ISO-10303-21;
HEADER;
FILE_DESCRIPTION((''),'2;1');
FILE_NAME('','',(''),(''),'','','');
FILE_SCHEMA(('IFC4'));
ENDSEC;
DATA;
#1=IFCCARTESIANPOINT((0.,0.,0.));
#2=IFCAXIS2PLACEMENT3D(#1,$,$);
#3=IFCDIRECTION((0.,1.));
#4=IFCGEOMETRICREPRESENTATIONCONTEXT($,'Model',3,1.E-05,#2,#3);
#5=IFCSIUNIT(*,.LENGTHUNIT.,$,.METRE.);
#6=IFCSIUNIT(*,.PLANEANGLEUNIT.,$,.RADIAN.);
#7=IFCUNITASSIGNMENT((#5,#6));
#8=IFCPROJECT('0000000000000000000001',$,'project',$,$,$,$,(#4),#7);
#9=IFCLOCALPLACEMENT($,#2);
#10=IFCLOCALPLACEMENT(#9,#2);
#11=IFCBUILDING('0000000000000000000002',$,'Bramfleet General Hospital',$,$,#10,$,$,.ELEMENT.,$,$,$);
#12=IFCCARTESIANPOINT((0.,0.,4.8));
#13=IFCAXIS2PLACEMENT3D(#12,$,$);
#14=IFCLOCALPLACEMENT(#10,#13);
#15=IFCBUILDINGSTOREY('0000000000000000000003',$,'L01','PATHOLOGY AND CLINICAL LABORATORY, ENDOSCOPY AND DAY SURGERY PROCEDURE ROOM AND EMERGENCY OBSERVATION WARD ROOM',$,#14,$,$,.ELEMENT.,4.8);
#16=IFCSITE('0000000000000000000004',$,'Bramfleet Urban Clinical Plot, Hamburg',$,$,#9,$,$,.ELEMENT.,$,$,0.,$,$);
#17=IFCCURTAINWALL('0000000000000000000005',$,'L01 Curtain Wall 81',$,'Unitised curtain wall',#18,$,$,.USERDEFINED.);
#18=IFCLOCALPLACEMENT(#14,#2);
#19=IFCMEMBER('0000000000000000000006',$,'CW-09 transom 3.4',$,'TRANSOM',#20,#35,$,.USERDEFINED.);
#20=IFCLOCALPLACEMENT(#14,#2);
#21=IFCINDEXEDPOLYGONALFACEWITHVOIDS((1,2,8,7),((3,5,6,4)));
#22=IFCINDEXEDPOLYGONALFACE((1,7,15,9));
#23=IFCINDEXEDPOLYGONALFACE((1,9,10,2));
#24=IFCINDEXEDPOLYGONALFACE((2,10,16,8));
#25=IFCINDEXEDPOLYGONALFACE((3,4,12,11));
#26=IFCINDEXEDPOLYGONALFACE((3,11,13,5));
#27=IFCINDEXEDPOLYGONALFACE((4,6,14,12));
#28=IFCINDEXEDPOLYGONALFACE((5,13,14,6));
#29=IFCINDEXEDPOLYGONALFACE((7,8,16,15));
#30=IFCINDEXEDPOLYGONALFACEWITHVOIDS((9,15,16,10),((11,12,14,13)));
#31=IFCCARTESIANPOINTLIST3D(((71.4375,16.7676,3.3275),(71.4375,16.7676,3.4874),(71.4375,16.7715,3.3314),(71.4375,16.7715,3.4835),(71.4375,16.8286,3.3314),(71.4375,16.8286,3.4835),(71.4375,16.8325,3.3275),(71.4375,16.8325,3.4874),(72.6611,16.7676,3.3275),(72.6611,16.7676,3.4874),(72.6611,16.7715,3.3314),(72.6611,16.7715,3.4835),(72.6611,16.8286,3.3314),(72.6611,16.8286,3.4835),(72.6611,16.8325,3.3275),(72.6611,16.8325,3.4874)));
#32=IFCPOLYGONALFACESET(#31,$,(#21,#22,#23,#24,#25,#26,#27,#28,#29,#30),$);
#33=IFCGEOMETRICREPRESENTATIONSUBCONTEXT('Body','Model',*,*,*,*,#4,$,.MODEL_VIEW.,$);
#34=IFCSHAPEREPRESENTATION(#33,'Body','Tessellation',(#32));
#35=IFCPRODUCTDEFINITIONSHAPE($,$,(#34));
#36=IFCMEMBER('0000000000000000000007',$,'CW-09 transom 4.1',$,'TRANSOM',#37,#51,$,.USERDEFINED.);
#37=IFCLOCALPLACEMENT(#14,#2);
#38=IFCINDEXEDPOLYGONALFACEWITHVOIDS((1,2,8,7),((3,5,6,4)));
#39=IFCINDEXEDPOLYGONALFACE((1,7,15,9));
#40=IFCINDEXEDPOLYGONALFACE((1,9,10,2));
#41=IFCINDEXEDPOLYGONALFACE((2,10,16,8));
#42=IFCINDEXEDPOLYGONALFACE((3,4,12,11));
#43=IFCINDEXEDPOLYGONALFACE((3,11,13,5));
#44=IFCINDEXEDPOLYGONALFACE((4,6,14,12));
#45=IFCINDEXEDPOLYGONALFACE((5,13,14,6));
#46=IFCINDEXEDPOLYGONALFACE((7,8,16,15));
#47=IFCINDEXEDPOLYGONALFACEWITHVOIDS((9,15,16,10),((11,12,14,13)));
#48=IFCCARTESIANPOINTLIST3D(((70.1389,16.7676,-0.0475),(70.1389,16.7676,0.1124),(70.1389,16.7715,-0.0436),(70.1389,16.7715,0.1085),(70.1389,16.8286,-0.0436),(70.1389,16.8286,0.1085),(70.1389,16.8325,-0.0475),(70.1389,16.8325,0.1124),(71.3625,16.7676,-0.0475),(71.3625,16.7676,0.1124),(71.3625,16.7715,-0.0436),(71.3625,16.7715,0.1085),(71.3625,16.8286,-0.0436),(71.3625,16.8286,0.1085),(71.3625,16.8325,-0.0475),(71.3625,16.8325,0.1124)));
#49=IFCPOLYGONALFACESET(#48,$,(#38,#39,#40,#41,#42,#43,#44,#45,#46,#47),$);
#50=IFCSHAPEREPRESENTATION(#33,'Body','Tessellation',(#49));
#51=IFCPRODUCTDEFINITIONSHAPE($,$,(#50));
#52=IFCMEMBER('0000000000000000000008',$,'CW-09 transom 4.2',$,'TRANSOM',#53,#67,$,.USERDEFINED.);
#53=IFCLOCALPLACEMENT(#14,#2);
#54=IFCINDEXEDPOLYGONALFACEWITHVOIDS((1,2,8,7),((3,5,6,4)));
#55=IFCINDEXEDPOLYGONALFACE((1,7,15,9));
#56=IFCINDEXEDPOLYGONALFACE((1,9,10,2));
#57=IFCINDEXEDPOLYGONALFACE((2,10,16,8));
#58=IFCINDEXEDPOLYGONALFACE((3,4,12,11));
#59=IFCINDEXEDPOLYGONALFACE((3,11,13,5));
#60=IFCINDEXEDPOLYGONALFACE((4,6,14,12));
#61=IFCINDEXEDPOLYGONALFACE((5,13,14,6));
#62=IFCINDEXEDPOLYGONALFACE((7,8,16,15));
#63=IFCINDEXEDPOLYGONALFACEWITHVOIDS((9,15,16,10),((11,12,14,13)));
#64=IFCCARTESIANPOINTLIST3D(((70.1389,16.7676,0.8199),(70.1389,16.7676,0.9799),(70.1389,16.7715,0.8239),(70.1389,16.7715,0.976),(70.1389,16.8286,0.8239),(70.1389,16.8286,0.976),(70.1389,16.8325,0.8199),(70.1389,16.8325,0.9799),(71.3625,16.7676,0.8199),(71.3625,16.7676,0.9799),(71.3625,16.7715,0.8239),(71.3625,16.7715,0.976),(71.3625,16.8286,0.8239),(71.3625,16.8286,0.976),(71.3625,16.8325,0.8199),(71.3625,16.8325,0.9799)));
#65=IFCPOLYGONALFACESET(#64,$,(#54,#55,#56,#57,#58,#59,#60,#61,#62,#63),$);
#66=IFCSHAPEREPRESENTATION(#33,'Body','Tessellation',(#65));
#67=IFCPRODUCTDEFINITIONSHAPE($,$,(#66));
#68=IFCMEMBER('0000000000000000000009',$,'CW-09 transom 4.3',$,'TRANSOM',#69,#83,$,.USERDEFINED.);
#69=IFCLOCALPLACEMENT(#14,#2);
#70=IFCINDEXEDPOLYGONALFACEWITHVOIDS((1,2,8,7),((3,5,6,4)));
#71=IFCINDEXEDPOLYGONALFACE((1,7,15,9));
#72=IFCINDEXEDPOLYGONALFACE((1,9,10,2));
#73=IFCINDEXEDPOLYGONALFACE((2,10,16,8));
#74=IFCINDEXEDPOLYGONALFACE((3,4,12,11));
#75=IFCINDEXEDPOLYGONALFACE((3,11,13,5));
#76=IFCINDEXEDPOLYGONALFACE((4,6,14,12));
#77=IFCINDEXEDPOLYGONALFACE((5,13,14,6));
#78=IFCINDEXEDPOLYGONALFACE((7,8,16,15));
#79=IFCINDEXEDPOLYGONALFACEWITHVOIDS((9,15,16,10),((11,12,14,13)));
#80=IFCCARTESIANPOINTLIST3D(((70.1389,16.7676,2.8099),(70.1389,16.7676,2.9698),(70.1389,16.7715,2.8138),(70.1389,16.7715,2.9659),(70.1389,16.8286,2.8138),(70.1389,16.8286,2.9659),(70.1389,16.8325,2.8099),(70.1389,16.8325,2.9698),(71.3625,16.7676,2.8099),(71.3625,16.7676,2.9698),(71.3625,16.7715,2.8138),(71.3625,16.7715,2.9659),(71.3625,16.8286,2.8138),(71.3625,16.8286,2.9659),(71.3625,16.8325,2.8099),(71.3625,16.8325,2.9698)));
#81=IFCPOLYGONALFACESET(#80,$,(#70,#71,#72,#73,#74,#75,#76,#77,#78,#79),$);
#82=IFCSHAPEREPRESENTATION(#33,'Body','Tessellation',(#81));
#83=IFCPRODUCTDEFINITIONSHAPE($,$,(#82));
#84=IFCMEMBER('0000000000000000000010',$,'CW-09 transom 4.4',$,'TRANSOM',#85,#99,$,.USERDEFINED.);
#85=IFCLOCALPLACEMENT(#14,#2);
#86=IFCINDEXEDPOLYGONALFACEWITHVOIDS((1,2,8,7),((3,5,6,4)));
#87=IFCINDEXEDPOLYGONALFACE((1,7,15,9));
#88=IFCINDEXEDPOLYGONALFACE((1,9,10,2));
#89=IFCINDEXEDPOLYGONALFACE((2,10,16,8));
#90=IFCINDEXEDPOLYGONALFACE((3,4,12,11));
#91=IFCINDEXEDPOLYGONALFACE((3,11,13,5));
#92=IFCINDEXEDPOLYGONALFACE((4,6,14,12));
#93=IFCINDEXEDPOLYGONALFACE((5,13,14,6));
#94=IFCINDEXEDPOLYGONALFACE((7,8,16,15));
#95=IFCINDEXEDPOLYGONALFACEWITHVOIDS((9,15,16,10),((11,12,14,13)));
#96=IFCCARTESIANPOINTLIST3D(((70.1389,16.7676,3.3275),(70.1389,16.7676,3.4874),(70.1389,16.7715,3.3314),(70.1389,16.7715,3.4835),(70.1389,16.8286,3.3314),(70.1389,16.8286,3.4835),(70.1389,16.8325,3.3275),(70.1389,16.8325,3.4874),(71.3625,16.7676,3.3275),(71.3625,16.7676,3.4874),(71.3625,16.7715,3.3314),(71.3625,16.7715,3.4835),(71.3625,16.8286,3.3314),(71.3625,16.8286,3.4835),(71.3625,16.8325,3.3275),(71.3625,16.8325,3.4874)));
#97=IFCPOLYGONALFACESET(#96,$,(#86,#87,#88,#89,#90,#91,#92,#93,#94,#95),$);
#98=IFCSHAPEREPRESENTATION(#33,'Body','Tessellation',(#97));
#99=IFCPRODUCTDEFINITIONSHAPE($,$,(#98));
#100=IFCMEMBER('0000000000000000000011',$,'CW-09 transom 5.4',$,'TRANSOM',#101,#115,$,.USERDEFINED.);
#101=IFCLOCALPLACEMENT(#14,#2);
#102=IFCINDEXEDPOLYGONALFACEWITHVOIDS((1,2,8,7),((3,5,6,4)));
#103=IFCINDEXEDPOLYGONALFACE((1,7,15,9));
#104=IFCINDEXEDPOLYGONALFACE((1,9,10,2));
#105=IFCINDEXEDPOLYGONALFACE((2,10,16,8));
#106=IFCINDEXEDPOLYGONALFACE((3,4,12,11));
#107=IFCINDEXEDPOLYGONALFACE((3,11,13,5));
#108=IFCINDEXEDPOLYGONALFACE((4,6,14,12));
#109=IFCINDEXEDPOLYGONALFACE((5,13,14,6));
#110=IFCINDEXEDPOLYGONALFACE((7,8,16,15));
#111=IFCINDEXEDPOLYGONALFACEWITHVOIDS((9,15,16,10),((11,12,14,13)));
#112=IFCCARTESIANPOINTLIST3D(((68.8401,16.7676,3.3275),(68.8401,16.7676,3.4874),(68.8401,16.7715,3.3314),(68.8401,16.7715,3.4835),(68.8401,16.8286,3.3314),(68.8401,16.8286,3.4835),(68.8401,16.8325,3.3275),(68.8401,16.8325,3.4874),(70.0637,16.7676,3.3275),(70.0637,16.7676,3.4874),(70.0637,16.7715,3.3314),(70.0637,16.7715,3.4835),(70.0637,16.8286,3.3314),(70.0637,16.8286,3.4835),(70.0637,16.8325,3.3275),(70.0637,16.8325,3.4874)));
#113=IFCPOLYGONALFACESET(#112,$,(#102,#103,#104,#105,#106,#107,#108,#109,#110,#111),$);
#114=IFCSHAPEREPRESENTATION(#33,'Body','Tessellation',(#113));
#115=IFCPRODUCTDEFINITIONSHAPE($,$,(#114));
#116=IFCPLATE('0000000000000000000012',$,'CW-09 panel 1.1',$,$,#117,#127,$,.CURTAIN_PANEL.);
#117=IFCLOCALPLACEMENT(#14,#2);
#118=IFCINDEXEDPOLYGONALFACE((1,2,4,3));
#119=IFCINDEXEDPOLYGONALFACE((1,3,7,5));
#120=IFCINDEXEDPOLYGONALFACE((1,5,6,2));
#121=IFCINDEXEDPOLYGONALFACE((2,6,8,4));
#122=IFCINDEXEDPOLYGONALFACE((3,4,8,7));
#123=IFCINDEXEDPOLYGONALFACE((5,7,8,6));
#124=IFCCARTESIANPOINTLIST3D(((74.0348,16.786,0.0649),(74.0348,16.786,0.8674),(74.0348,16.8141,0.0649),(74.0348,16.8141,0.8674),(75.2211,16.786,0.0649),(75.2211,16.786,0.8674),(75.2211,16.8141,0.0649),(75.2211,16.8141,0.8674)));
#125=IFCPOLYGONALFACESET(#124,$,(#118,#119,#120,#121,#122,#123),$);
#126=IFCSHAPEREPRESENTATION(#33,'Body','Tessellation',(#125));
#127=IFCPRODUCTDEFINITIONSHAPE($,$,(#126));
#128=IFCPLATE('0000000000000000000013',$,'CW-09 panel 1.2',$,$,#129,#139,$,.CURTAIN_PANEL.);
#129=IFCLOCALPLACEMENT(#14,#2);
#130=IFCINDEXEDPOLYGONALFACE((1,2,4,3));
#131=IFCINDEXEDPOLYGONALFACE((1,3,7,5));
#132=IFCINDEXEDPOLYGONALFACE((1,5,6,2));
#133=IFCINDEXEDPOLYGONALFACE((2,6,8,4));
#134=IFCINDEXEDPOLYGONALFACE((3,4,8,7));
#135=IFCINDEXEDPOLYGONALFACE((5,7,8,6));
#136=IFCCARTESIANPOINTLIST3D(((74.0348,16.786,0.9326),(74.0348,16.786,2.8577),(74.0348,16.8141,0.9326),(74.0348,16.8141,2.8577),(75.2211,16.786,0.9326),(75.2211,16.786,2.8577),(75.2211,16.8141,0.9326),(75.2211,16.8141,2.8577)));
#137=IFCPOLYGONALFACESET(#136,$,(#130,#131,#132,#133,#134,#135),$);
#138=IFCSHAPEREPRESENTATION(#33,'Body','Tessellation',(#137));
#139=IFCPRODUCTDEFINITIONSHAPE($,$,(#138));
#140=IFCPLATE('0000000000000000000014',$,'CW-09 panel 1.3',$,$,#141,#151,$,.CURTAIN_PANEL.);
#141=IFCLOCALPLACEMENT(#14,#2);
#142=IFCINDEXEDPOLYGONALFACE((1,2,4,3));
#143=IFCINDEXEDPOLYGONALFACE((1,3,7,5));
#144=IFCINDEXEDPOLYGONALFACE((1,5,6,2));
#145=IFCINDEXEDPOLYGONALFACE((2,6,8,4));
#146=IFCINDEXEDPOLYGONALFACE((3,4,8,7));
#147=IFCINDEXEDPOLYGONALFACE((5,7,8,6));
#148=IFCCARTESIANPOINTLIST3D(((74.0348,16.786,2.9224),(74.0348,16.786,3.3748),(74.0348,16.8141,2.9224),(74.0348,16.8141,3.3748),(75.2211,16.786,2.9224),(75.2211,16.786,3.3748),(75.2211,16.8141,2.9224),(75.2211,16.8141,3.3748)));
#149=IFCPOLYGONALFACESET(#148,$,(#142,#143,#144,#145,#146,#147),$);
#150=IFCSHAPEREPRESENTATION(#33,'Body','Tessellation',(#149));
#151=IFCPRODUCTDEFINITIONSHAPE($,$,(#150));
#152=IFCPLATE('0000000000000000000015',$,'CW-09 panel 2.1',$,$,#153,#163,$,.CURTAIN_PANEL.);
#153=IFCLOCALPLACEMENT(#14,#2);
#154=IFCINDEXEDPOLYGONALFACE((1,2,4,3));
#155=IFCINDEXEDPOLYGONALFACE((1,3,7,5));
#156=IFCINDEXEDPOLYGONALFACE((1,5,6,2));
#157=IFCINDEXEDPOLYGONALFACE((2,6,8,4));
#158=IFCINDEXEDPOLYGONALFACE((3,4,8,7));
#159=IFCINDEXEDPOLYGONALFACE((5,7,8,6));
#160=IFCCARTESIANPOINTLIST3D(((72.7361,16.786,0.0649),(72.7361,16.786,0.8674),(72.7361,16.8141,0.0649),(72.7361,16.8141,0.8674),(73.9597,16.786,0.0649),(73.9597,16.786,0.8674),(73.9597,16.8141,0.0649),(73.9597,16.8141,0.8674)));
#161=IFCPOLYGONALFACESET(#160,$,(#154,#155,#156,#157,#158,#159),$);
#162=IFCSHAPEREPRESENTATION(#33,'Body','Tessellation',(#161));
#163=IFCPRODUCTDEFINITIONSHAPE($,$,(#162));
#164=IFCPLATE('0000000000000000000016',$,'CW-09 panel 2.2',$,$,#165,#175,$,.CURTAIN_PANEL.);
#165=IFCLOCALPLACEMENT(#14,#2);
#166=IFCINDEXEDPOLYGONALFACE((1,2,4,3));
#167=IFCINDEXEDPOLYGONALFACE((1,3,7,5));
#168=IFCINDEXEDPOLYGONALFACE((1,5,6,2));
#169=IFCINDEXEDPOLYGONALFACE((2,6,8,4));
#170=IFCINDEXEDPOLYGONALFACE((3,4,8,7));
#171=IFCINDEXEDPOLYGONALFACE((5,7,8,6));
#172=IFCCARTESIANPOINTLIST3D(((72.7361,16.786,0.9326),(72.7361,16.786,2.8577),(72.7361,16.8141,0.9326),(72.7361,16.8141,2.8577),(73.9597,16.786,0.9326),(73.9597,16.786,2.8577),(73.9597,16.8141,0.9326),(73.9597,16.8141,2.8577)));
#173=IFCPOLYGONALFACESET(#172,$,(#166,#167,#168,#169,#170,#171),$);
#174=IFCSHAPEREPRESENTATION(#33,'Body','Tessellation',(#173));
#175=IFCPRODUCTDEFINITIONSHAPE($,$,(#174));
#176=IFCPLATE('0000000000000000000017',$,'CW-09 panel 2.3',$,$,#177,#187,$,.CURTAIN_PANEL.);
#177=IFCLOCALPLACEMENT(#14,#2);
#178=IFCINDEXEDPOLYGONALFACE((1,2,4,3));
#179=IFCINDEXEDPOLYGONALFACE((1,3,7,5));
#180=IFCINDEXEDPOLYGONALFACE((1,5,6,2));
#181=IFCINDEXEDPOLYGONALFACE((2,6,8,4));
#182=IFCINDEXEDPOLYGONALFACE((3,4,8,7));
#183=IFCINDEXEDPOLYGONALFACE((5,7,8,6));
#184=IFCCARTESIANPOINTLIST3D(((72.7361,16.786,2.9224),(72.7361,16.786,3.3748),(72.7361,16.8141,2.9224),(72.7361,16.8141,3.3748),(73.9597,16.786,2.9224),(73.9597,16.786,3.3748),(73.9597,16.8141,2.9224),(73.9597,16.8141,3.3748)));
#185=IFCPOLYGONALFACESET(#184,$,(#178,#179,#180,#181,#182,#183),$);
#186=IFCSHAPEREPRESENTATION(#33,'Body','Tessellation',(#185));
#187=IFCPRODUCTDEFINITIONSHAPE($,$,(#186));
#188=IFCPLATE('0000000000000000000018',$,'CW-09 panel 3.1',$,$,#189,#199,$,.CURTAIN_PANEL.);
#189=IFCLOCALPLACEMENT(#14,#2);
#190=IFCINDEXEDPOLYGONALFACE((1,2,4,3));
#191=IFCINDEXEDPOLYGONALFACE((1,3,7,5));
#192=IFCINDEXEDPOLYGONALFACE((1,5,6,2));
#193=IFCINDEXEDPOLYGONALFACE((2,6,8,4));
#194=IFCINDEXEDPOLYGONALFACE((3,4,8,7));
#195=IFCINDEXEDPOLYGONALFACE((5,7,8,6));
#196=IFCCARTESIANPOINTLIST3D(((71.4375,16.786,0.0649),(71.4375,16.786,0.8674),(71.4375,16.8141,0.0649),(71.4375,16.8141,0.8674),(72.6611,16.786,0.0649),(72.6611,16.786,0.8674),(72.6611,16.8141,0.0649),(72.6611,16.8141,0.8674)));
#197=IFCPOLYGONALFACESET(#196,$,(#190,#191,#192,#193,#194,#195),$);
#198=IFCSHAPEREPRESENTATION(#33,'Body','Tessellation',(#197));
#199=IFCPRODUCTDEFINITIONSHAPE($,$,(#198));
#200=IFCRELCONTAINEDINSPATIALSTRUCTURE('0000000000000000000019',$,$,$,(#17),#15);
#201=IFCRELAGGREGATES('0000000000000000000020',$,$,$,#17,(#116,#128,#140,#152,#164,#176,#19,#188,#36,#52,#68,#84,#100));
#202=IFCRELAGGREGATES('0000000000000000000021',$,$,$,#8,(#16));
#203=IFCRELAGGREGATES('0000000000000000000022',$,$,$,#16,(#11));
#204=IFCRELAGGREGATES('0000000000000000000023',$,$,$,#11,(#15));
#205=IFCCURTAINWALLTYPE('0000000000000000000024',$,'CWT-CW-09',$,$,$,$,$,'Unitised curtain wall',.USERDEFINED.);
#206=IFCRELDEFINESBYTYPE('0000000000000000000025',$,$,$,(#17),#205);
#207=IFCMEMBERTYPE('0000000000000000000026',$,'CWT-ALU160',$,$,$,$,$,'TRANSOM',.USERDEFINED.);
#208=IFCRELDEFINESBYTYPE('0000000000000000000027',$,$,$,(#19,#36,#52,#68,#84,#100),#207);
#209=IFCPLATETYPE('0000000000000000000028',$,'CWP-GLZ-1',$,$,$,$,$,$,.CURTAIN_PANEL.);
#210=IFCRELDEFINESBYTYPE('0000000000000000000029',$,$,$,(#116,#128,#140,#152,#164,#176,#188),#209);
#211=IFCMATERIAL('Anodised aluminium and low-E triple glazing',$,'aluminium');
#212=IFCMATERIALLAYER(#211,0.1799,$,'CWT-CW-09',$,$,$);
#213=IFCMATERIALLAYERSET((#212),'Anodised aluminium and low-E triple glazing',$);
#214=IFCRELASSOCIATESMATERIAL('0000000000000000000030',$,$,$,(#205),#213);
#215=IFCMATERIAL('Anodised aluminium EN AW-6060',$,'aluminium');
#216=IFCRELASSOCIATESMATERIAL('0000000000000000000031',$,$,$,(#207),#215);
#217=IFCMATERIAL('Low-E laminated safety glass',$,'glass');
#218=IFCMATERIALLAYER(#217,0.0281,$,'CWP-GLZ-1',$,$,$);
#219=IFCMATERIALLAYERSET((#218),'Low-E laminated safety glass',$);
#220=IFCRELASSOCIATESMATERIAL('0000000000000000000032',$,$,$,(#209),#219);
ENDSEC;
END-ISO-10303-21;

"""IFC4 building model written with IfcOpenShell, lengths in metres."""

from ifc_helpers import new_model, si_unit, direction, frame, origin, origin_2d, place, context, subcontext, project, spatial, rectangle, hollow_rectangle, extrude, material, layer, layer_set, material_profile, profile_set, type_object, element, aggregate, save


model = new_model("IFC4")

# Units and contexts
model_context = context("Model", 3, precision=1e-05, world=origin(), true_north=direction((0.0, 1.0)))
body_context = subcontext(model_context, "Body", "Model", "MODEL_VIEW")
ifc_project = project(units=[si_unit("LENGTHUNIT", "METRE"), si_unit("PLANEANGLEUNIT", "RADIAN")], contexts=[model_context])

# Site, building, storey
site_placement = place(None, origin())
site = spatial("IfcSite", under=ifc_project, at=site_placement, Name="Bramfleet Urban Clinical Plot, Hamburg", CompositionType="ELEMENT", RefElevation=0.0)
building_placement = place(site_placement, origin())
building = spatial("IfcBuilding", under=site, at=building_placement, Name="Bramfleet General Hospital", CompositionType="ELEMENT")
storey_placement = place(building_placement, frame((0.0, 0.0, 4.8)))
storey = spatial("IfcBuildingStorey", under=building, at=storey_placement, Name="L01", Description="PATHOLOGY AND CLINICAL LABORATORY, ENDOSCOPY AND DAY SURGERY PROCEDURE ROOM AND EMERGENCY OBSERVATION WARD ROOM", CompositionType="ELEMENT", Elevation=4.8)

# Shared definitions
ifc_material_1 = material(Name="Anodised aluminium and low-E triple glazing", Category="aluminium")
ifc_material_2 = material(Name="Anodised aluminium EN AW-6060", Category="aluminium")

# Curtain wall, members, plates
ifc_layer_1 = layer(ifc_material_1, 0.1799, Name="CWT-CW-09")
ifc_layer_set_1 = layer_set([ifc_layer_1], Name="Anodised aluminium and low-E triple glazing")
curtain_wall_type_1 = type_object("IfcCurtainWallType", Name="CWT-CW-09", ElementType="Unitised curtain wall", PredefinedType="USERDEFINED", material=ifc_layer_set_1)
curtain_wall_1_placement = place(storey_placement, origin())
curtain_wall_1 = element("IfcCurtainWall", 1, at=curtain_wall_1_placement, inside=storey, type_object=curtain_wall_type_1, Name="L01 Curtain Wall 81", ObjectType="Unitised curtain wall", PredefinedType="USERDEFINED")
ifc_material_profile_1 = material_profile(ifc_material_2, hollow_rectangle(XDim=0.0649, YDim=0.1599, WallThickness=0.0039, at=origin_2d()), Name="ALU 160x65x4.0")
ifc_profile_set_1 = profile_set([ifc_material_profile_1], Name="Anodised aluminium EN AW-6060")
member_type_1 = type_object("IfcMemberType", Name="CWT-ALU160", ElementType="TRANSOM", PredefinedType="USERDEFINED", material=ifc_profile_set_1)
member_1_placement = place(storey_placement, frame((72.6611, 16.8, 3.4075), z_axis=(-1.0, 0.0, 0.0), x_axis=(0.0, -1.0, 0.0)))
member_1 = element("IfcMember", 2, at=member_1_placement, type_object=member_type_1, Name="CW-09 transom 3.4", ObjectType="TRANSOM", PredefinedType="USERDEFINED", context=body_context, shape_type="SweptSolid", body=[
    extrude(hollow_rectangle(XDim=0.0649, YDim=0.1599, WallThickness=0.0039, at=origin_2d()), origin(), (0.0, 0.0, 1.0), 1.2236),
])
member_2_placement = place(storey_placement, frame((71.3625, 16.8, 0.0325), z_axis=(-1.0, 0.0, 0.0), x_axis=(0.0, -1.0, 0.0)))
member_2 = element("IfcMember", 3, at=member_2_placement, type_object=member_type_1, Name="CW-09 transom 4.1", ObjectType="TRANSOM", PredefinedType="USERDEFINED", context=body_context, shape_type="SweptSolid", body=[
    extrude(hollow_rectangle(XDim=0.0649, YDim=0.1599, WallThickness=0.0039, at=origin_2d()), origin(), (0.0, 0.0, 1.0), 1.2236),
])
member_3_placement = place(storey_placement, frame((71.3625, 16.8, 0.8999), z_axis=(-1.0, 0.0, 0.0), x_axis=(0.0, -1.0, 0.0)))
member_3 = element("IfcMember", 4, at=member_3_placement, type_object=member_type_1, Name="CW-09 transom 4.2", ObjectType="TRANSOM", PredefinedType="USERDEFINED", context=body_context, shape_type="SweptSolid", body=[
    extrude(hollow_rectangle(XDim=0.0649, YDim=0.1599, WallThickness=0.0039, at=origin_2d()), origin(), (0.0, 0.0, 1.0), 1.2236),
])
member_4_placement = place(storey_placement, frame((71.3625, 16.8, 2.8899), z_axis=(-1.0, 0.0, 0.0), x_axis=(0.0, -1.0, 0.0)))
member_4 = element("IfcMember", 5, at=member_4_placement, type_object=member_type_1, Name="CW-09 transom 4.3", ObjectType="TRANSOM", PredefinedType="USERDEFINED", context=body_context, shape_type="SweptSolid", body=[
    extrude(hollow_rectangle(XDim=0.0649, YDim=0.1599, WallThickness=0.0039, at=origin_2d()), origin(), (0.0, 0.0, 1.0), 1.2236),
])
member_5_placement = place(storey_placement, frame((71.3625, 16.8, 3.4075), z_axis=(-1.0, 0.0, 0.0), x_axis=(0.0, -1.0, 0.0)))
member_5 = element("IfcMember", 6, at=member_5_placement, type_object=member_type_1, Name="CW-09 transom 4.4", ObjectType="TRANSOM", PredefinedType="USERDEFINED", context=body_context, shape_type="SweptSolid", body=[
    extrude(hollow_rectangle(XDim=0.0649, YDim=0.1599, WallThickness=0.0039, at=origin_2d()), origin(), (0.0, 0.0, 1.0), 1.2236),
])
member_6_placement = place(storey_placement, frame((70.0637, 16.8, 3.4075), z_axis=(-1.0, 0.0, 0.0), x_axis=(0.0, -1.0, 0.0)))
member_6 = element("IfcMember", 7, at=member_6_placement, type_object=member_type_1, Name="CW-09 transom 5.4", ObjectType="TRANSOM", PredefinedType="USERDEFINED", context=body_context, shape_type="SweptSolid", body=[
    extrude(hollow_rectangle(XDim=0.0649, YDim=0.1599, WallThickness=0.0039, at=origin_2d()), origin(), (0.0, 0.0, 1.0), 1.2236),
])
ifc_material_3 = material(Name="Low-E laminated safety glass", Category="glass")
ifc_layer_2 = layer(ifc_material_3, 0.0281, Name="CWP-GLZ-1")
ifc_layer_set_2 = layer_set([ifc_layer_2], Name="Low-E laminated safety glass")
plate_type_1 = type_object("IfcPlateType", Name="CWP-GLZ-1", PredefinedType="CURTAIN_PANEL", material=ifc_layer_set_2)
plate_1_placement = place(storey_placement, frame((74.6279, 16.8, 0.0649), z_axis=(0.0, 0.0, 1.0), x_axis=(-1.0, 0.0, 0.0)))
plate_1 = element("IfcPlate", 8, at=plate_1_placement, type_object=plate_type_1, Name="CW-09 panel 1.1", PredefinedType="CURTAIN_PANEL", context=body_context, shape_type="SweptSolid", body=[
    extrude(rectangle(XDim=1.1863, YDim=0.0281, at=origin_2d()), origin(), (0.0, 0.0, 1.0), 0.8025),
])
plate_2_placement = place(storey_placement, frame((74.6279, 16.8, 0.9326), z_axis=(0.0, 0.0, 1.0), x_axis=(-1.0, 0.0, 0.0)))
plate_2 = element("IfcPlate", 9, at=plate_2_placement, type_object=plate_type_1, Name="CW-09 panel 1.2", PredefinedType="CURTAIN_PANEL", context=body_context, shape_type="SweptSolid", body=[
    extrude(rectangle(XDim=1.1863, YDim=0.0281, at=origin_2d()), origin(), (0.0, 0.0, 1.0), 1.925),
])
plate_3_placement = place(storey_placement, frame((74.6279, 16.8, 2.9224), z_axis=(0.0, 0.0, 1.0), x_axis=(-1.0, 0.0, 0.0)))
plate_3 = element("IfcPlate", 10, at=plate_3_placement, type_object=plate_type_1, Name="CW-09 panel 1.3", PredefinedType="CURTAIN_PANEL", context=body_context, shape_type="SweptSolid", body=[
    extrude(rectangle(XDim=1.1863, YDim=0.0281, at=origin_2d()), origin(), (0.0, 0.0, 1.0), 0.4524),
])
plate_4_placement = place(storey_placement, frame((73.3479, 16.8, 0.0649), z_axis=(0.0, 0.0, 1.0), x_axis=(-1.0, 0.0, 0.0)))
plate_4 = element("IfcPlate", 11, at=plate_4_placement, type_object=plate_type_1, Name="CW-09 panel 2.1", PredefinedType="CURTAIN_PANEL", context=body_context, shape_type="SweptSolid", body=[
    extrude(rectangle(XDim=1.2236, YDim=0.0281, at=origin_2d()), origin(), (0.0, 0.0, 1.0), 0.8025),
])
plate_5_placement = place(storey_placement, frame((73.3479, 16.8, 0.9326), z_axis=(0.0, 0.0, 1.0), x_axis=(-1.0, 0.0, 0.0)))
plate_5 = element("IfcPlate", 12, at=plate_5_placement, type_object=plate_type_1, Name="CW-09 panel 2.2", PredefinedType="CURTAIN_PANEL", context=body_context, shape_type="SweptSolid", body=[
    extrude(rectangle(XDim=1.2236, YDim=0.0281, at=origin_2d()), origin(), (0.0, 0.0, 1.0), 1.925),
])
plate_6_placement = place(storey_placement, frame((73.3479, 16.8, 2.9224), z_axis=(0.0, 0.0, 1.0), x_axis=(-1.0, 0.0, 0.0)))
plate_6 = element("IfcPlate", 13, at=plate_6_placement, type_object=plate_type_1, Name="CW-09 panel 2.3", PredefinedType="CURTAIN_PANEL", context=body_context, shape_type="SweptSolid", body=[
    extrude(rectangle(XDim=1.2236, YDim=0.0281, at=origin_2d()), origin(), (0.0, 0.0, 1.0), 0.4524),
])
plate_7_placement = place(storey_placement, frame((72.0493, 16.8, 0.0649), z_axis=(0.0, 0.0, 1.0), x_axis=(-1.0, 0.0, 0.0)))
plate_7 = element("IfcPlate", 14, at=plate_7_placement, type_object=plate_type_1, Name="CW-09 panel 3.1", PredefinedType="CURTAIN_PANEL", context=body_context, shape_type="SweptSolid", body=[
    extrude(rectangle(XDim=1.2236, YDim=0.0281, at=origin_2d()), origin(), (0.0, 0.0, 1.0), 0.8025),
])
aggregate(curtain_wall_1, [plate_1, plate_2, plate_3, plate_4, plate_5, plate_6, member_1, plate_7, member_2, member_3, member_4, member_5, member_6])

save(model, "model.ifc")
